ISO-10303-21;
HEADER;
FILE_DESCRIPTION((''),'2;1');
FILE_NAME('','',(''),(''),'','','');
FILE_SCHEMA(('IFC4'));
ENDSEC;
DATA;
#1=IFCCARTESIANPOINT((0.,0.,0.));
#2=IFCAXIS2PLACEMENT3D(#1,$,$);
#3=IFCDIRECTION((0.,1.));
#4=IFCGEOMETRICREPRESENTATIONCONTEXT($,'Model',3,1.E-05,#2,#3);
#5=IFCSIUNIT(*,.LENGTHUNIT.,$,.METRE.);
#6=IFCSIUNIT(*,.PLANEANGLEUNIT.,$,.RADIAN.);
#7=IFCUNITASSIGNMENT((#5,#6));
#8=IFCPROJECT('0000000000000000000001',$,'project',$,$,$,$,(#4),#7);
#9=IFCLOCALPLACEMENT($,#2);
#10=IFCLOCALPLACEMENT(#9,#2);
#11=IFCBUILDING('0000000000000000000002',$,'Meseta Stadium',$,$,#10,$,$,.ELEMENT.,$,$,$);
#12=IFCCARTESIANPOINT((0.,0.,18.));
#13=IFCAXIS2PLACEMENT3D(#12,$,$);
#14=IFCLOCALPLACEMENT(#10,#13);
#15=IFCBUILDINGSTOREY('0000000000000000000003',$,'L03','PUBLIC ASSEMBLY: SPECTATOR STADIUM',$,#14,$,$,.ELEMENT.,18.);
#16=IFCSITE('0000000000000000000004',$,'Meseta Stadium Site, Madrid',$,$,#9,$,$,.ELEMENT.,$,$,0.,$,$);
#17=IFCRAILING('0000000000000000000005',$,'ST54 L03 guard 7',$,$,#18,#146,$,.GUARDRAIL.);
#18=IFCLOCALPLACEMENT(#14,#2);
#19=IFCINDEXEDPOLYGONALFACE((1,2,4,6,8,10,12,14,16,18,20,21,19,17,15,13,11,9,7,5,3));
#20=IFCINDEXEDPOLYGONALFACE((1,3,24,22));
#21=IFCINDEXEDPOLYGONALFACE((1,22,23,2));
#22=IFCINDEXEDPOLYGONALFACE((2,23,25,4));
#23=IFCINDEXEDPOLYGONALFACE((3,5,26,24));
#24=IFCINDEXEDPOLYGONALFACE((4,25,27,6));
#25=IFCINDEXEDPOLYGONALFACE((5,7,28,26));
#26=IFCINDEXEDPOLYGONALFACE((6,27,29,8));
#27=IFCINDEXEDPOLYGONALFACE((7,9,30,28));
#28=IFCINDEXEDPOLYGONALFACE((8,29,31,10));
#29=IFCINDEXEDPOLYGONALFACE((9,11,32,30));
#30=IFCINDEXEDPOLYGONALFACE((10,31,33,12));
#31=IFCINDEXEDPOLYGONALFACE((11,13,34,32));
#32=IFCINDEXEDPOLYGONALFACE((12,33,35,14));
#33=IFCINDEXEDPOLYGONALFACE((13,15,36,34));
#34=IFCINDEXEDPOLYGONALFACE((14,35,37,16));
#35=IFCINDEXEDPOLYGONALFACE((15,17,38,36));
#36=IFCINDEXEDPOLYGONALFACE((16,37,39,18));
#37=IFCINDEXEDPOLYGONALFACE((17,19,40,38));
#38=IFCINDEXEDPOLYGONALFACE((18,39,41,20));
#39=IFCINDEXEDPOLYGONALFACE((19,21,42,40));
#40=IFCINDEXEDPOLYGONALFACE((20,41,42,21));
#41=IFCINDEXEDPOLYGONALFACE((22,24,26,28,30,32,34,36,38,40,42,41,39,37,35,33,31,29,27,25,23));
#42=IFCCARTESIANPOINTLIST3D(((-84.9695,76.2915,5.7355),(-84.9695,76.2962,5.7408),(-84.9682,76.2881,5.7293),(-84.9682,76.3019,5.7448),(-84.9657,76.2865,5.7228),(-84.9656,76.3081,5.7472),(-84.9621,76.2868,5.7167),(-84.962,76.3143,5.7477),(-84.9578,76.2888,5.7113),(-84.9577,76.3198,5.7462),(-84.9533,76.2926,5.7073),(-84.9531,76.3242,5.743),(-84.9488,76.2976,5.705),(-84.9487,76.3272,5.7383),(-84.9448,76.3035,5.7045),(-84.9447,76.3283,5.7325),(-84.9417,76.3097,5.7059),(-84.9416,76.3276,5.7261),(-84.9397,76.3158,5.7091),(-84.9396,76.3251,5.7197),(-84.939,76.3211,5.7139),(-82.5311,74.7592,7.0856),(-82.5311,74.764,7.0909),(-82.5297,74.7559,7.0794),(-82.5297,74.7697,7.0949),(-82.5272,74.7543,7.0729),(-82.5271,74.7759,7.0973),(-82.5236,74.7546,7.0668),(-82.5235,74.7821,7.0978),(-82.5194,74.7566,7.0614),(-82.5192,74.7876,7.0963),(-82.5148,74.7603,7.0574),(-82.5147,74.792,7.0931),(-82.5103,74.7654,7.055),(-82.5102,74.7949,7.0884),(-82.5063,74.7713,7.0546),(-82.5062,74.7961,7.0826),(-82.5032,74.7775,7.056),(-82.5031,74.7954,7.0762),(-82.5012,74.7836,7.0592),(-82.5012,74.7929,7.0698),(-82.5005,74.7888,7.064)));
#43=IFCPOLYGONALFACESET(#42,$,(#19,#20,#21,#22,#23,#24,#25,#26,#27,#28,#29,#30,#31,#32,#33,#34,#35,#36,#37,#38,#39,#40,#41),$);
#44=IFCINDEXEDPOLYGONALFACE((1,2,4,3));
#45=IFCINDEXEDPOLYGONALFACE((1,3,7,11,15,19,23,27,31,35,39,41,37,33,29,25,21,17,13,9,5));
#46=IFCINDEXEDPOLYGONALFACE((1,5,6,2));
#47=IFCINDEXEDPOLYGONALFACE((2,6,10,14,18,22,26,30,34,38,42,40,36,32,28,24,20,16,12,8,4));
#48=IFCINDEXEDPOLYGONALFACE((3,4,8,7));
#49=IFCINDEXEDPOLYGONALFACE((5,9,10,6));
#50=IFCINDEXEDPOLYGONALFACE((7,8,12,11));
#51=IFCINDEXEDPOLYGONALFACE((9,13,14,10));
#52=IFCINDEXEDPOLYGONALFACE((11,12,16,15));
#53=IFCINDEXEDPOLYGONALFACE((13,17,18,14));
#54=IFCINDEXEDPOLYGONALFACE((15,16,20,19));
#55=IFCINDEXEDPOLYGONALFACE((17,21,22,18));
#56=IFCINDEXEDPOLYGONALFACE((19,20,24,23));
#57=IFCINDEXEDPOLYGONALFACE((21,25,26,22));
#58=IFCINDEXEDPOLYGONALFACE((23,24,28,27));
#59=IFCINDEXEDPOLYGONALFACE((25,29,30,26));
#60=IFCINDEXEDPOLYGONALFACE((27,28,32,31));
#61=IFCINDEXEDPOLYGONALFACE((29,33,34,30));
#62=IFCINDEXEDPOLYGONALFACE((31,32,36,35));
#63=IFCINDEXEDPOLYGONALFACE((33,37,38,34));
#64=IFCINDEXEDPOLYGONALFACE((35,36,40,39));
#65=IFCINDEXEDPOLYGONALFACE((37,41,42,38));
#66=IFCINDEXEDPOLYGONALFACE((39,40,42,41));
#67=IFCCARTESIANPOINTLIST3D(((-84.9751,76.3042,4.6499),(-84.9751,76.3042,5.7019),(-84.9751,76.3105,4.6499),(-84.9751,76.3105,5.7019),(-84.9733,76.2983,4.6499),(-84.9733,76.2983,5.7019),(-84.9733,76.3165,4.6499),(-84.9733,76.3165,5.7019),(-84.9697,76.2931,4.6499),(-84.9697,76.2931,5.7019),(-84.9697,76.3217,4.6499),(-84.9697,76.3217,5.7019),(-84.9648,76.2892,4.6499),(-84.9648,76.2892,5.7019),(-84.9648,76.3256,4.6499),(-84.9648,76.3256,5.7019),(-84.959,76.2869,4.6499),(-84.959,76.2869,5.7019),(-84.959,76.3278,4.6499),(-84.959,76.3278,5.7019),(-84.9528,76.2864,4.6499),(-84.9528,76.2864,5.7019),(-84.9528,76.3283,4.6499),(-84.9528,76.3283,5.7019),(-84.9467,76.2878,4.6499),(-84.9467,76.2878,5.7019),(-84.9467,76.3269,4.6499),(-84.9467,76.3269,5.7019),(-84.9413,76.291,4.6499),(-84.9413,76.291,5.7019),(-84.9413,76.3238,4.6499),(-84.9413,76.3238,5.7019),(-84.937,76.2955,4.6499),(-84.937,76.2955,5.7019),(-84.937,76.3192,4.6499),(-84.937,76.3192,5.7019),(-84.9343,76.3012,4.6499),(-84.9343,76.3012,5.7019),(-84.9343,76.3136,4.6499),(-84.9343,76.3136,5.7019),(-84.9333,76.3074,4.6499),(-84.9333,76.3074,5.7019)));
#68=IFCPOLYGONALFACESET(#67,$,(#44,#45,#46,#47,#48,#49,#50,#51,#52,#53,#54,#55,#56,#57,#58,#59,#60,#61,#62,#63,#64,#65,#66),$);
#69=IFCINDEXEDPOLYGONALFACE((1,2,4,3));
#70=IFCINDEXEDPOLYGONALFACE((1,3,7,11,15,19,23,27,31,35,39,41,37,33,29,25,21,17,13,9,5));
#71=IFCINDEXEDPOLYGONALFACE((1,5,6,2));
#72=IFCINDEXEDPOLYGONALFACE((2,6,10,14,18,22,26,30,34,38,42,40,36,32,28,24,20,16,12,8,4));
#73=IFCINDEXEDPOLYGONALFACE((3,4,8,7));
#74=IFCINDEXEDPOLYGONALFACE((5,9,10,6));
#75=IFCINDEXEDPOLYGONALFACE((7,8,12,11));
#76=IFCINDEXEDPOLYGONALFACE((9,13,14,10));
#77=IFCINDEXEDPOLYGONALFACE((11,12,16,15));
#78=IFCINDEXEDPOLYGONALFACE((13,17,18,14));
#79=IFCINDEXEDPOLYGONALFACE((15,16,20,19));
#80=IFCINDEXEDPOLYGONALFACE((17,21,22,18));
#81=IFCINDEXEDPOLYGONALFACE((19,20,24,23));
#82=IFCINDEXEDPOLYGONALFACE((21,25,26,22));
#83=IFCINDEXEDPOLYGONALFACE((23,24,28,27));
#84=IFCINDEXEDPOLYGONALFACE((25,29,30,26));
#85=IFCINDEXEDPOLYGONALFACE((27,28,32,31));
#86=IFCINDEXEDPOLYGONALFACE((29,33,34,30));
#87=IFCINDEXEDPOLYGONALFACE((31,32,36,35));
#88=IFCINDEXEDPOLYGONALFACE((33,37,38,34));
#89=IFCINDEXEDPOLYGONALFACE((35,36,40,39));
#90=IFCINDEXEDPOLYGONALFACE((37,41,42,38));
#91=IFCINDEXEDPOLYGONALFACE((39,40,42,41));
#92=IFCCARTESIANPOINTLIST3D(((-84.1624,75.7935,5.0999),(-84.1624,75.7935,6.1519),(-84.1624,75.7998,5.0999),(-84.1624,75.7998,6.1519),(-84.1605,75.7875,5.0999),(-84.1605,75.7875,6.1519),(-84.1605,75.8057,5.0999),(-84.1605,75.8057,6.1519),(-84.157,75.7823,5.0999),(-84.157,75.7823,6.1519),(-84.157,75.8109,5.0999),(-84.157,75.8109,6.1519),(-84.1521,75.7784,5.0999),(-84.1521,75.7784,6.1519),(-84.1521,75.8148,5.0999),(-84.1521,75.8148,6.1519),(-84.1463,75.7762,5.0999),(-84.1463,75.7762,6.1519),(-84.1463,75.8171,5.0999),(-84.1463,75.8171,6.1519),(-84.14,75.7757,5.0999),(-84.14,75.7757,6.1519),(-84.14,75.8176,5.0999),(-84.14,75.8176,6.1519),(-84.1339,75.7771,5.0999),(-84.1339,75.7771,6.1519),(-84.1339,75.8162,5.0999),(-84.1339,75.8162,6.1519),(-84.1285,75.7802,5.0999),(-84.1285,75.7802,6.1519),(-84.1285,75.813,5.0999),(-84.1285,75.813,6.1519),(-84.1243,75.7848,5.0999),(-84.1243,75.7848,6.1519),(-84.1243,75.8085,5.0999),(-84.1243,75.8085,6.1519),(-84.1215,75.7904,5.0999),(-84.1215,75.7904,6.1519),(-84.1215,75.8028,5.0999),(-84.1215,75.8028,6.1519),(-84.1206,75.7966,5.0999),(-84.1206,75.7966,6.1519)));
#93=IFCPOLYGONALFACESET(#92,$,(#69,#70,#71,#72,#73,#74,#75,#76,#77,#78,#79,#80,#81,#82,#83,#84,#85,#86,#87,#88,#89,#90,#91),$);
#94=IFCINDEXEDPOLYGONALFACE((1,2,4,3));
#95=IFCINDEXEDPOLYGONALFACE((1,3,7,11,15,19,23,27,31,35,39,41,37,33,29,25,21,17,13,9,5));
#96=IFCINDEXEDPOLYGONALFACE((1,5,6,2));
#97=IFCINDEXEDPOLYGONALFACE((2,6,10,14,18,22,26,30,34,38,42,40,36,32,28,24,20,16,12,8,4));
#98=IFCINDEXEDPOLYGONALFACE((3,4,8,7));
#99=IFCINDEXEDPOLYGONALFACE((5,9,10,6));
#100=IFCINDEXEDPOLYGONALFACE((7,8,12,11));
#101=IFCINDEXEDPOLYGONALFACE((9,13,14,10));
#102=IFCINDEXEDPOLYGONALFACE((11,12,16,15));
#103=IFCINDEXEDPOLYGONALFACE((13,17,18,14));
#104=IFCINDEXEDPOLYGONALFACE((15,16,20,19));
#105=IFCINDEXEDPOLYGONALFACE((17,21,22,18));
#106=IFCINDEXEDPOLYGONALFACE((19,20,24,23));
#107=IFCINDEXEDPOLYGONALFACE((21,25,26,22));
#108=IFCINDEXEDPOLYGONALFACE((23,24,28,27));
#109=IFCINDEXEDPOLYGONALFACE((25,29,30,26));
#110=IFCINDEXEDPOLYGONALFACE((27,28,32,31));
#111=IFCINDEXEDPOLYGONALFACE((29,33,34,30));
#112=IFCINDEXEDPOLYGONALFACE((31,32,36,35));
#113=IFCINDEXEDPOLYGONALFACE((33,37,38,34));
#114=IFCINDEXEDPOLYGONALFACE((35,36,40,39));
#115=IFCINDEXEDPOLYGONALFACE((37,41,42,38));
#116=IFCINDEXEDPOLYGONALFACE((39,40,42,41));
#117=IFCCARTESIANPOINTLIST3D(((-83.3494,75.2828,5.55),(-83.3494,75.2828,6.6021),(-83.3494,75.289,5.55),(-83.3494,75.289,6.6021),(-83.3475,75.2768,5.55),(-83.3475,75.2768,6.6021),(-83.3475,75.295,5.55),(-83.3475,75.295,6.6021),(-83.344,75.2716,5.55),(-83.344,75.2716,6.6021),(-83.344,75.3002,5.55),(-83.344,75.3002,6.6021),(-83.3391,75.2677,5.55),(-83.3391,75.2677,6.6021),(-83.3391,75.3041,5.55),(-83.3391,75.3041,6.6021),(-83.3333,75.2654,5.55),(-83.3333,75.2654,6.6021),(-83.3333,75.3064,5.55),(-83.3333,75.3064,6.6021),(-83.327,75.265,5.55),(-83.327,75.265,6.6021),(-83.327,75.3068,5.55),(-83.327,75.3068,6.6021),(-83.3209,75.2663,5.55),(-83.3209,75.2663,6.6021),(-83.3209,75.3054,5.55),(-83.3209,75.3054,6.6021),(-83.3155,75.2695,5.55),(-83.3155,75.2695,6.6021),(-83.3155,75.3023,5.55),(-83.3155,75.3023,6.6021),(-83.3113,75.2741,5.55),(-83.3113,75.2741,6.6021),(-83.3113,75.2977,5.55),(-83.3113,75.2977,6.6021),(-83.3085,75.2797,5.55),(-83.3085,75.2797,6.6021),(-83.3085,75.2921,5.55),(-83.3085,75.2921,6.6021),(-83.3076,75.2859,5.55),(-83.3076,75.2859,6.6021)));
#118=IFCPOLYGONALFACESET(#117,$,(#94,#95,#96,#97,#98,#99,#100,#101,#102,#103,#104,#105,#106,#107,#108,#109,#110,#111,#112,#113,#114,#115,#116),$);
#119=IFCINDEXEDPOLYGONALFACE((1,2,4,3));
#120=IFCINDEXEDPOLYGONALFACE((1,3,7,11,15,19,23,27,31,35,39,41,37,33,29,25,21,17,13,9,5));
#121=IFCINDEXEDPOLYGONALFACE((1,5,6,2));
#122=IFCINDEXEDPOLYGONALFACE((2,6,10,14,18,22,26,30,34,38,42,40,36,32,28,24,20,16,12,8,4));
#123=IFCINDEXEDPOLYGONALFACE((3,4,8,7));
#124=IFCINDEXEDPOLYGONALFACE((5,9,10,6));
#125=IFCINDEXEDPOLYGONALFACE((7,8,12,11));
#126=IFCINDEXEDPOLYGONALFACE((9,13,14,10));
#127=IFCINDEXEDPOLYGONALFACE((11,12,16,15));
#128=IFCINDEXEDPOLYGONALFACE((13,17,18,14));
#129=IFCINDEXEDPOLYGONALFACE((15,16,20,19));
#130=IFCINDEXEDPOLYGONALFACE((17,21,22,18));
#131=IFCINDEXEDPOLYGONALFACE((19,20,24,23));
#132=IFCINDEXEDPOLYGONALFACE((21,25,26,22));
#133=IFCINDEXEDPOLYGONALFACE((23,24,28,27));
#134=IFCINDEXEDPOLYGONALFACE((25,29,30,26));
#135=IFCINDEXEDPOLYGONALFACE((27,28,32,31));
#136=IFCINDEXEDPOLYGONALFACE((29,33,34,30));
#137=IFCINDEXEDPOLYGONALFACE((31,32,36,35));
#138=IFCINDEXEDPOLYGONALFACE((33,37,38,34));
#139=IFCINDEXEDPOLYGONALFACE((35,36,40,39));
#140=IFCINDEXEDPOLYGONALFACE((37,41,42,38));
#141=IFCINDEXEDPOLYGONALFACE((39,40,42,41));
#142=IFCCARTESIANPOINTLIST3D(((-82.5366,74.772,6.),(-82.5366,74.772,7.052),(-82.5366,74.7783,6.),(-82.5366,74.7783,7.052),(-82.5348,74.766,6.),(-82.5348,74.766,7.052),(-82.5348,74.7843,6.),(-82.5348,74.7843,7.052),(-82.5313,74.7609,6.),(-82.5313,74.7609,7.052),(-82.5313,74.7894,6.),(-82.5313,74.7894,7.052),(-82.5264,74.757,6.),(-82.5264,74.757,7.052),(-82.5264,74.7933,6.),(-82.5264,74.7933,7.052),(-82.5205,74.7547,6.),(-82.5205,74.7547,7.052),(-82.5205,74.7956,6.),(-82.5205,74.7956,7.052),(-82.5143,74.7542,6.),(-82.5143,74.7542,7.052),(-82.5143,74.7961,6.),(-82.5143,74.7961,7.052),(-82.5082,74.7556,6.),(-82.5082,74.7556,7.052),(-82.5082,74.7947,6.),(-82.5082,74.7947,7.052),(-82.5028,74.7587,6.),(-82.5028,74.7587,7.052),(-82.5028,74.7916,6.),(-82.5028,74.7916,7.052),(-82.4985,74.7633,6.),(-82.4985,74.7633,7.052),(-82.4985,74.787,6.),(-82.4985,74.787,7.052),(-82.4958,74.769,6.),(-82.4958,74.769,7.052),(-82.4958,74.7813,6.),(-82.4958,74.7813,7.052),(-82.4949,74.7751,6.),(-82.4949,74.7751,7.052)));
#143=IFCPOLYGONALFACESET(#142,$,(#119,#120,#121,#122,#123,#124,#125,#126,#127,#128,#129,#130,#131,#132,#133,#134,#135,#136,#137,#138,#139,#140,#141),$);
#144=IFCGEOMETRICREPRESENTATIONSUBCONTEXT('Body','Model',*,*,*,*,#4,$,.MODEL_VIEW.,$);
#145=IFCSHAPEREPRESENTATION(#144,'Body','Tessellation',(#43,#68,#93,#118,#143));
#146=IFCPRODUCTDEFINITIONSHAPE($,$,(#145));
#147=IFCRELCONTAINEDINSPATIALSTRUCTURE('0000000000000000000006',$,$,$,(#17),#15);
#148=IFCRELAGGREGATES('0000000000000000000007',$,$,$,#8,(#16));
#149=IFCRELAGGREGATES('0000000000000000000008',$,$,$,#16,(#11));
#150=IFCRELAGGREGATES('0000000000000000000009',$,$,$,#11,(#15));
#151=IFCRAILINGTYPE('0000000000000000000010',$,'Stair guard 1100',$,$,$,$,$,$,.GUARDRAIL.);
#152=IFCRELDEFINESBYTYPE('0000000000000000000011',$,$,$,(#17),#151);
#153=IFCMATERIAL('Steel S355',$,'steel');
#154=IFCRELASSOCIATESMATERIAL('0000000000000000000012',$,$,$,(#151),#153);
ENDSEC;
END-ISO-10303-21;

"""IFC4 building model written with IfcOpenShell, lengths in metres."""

from ifc_helpers import new_model, si_unit, direction, frame, origin, origin_2d, place, context, subcontext, project, spatial, circle, extrude, material, type_object, element, save


model = new_model("IFC4")

# Units and contexts
model_context = context("Model", 3, precision=1e-05, world=origin(), true_north=direction((0.0, 1.0)))
body_context = subcontext(model_context, "Body", "Model", "MODEL_VIEW")
ifc_project = project(units=[si_unit("LENGTHUNIT", "METRE"), si_unit("PLANEANGLEUNIT", "RADIAN")], contexts=[model_context])

# Site, building, storey
site_placement = place(None, origin())
site = spatial("IfcSite", under=ifc_project, at=site_placement, Name="Meseta Stadium Site, Madrid", CompositionType="ELEMENT", RefElevation=0.0)
building_placement = place(site_placement, origin())
building = spatial("IfcBuilding", under=site, at=building_placement, Name="Meseta Stadium", CompositionType="ELEMENT")
storey_placement = place(building_placement, frame((0.0, 0.0, 18.0)))
storey = spatial("IfcBuildingStorey", under=building, at=storey_placement, Name="L03", Description="PUBLIC ASSEMBLY: SPECTATOR STADIUM", CompositionType="ELEMENT", Elevation=18.0)

# Railing
ifc_material_1 = material(Name="Steel S355", Category="steel")
railing_type_1 = type_object("IfcRailingType", Name="Stair guard 1100", PredefinedType="GUARDRAIL", material=ifc_material_1)
for number, where, name in (
    (1, (-84.9543, 76.3074, 4.6499), "ST54 L03 guard 7"),
):
    element("IfcRailing", number, at=place(storey_placement, frame(where)), inside=storey, type_object=railing_type_1, Name=name, PredefinedType="GUARDRAIL", context=body_context, shape_type="SweptSolid", body=[
        extrude(circle(Radius=0.0239, at=origin_2d()), frame((0.0, 0.0, 1.0762), z_axis=(0.766655, -0.481731, 0.42447), x_axis=(0.53204, 0.846719, 0.0)), (0.0, 0.0, 1.0), 3.1807),
        extrude(circle(Radius=0.021, at=origin_2d()), origin(), (0.0, 0.0, 1.0), 1.052),
        extrude(circle(Radius=0.021, at=origin_2d()), frame((0.8127, -0.5107, 0.45)), (0.0, 0.0, 1.0), 1.052),
        extrude(circle(Radius=0.021, at=origin_2d()), frame((1.6257, -1.0215, 0.9001)), (0.0, 0.0, 1.0), 1.052),
        extrude(circle(Radius=0.021, at=origin_2d()), frame((2.4385, -1.5322, 1.3501)), (0.0, 0.0, 1.0), 1.052),
    ])

save(model, "model.ifc")
